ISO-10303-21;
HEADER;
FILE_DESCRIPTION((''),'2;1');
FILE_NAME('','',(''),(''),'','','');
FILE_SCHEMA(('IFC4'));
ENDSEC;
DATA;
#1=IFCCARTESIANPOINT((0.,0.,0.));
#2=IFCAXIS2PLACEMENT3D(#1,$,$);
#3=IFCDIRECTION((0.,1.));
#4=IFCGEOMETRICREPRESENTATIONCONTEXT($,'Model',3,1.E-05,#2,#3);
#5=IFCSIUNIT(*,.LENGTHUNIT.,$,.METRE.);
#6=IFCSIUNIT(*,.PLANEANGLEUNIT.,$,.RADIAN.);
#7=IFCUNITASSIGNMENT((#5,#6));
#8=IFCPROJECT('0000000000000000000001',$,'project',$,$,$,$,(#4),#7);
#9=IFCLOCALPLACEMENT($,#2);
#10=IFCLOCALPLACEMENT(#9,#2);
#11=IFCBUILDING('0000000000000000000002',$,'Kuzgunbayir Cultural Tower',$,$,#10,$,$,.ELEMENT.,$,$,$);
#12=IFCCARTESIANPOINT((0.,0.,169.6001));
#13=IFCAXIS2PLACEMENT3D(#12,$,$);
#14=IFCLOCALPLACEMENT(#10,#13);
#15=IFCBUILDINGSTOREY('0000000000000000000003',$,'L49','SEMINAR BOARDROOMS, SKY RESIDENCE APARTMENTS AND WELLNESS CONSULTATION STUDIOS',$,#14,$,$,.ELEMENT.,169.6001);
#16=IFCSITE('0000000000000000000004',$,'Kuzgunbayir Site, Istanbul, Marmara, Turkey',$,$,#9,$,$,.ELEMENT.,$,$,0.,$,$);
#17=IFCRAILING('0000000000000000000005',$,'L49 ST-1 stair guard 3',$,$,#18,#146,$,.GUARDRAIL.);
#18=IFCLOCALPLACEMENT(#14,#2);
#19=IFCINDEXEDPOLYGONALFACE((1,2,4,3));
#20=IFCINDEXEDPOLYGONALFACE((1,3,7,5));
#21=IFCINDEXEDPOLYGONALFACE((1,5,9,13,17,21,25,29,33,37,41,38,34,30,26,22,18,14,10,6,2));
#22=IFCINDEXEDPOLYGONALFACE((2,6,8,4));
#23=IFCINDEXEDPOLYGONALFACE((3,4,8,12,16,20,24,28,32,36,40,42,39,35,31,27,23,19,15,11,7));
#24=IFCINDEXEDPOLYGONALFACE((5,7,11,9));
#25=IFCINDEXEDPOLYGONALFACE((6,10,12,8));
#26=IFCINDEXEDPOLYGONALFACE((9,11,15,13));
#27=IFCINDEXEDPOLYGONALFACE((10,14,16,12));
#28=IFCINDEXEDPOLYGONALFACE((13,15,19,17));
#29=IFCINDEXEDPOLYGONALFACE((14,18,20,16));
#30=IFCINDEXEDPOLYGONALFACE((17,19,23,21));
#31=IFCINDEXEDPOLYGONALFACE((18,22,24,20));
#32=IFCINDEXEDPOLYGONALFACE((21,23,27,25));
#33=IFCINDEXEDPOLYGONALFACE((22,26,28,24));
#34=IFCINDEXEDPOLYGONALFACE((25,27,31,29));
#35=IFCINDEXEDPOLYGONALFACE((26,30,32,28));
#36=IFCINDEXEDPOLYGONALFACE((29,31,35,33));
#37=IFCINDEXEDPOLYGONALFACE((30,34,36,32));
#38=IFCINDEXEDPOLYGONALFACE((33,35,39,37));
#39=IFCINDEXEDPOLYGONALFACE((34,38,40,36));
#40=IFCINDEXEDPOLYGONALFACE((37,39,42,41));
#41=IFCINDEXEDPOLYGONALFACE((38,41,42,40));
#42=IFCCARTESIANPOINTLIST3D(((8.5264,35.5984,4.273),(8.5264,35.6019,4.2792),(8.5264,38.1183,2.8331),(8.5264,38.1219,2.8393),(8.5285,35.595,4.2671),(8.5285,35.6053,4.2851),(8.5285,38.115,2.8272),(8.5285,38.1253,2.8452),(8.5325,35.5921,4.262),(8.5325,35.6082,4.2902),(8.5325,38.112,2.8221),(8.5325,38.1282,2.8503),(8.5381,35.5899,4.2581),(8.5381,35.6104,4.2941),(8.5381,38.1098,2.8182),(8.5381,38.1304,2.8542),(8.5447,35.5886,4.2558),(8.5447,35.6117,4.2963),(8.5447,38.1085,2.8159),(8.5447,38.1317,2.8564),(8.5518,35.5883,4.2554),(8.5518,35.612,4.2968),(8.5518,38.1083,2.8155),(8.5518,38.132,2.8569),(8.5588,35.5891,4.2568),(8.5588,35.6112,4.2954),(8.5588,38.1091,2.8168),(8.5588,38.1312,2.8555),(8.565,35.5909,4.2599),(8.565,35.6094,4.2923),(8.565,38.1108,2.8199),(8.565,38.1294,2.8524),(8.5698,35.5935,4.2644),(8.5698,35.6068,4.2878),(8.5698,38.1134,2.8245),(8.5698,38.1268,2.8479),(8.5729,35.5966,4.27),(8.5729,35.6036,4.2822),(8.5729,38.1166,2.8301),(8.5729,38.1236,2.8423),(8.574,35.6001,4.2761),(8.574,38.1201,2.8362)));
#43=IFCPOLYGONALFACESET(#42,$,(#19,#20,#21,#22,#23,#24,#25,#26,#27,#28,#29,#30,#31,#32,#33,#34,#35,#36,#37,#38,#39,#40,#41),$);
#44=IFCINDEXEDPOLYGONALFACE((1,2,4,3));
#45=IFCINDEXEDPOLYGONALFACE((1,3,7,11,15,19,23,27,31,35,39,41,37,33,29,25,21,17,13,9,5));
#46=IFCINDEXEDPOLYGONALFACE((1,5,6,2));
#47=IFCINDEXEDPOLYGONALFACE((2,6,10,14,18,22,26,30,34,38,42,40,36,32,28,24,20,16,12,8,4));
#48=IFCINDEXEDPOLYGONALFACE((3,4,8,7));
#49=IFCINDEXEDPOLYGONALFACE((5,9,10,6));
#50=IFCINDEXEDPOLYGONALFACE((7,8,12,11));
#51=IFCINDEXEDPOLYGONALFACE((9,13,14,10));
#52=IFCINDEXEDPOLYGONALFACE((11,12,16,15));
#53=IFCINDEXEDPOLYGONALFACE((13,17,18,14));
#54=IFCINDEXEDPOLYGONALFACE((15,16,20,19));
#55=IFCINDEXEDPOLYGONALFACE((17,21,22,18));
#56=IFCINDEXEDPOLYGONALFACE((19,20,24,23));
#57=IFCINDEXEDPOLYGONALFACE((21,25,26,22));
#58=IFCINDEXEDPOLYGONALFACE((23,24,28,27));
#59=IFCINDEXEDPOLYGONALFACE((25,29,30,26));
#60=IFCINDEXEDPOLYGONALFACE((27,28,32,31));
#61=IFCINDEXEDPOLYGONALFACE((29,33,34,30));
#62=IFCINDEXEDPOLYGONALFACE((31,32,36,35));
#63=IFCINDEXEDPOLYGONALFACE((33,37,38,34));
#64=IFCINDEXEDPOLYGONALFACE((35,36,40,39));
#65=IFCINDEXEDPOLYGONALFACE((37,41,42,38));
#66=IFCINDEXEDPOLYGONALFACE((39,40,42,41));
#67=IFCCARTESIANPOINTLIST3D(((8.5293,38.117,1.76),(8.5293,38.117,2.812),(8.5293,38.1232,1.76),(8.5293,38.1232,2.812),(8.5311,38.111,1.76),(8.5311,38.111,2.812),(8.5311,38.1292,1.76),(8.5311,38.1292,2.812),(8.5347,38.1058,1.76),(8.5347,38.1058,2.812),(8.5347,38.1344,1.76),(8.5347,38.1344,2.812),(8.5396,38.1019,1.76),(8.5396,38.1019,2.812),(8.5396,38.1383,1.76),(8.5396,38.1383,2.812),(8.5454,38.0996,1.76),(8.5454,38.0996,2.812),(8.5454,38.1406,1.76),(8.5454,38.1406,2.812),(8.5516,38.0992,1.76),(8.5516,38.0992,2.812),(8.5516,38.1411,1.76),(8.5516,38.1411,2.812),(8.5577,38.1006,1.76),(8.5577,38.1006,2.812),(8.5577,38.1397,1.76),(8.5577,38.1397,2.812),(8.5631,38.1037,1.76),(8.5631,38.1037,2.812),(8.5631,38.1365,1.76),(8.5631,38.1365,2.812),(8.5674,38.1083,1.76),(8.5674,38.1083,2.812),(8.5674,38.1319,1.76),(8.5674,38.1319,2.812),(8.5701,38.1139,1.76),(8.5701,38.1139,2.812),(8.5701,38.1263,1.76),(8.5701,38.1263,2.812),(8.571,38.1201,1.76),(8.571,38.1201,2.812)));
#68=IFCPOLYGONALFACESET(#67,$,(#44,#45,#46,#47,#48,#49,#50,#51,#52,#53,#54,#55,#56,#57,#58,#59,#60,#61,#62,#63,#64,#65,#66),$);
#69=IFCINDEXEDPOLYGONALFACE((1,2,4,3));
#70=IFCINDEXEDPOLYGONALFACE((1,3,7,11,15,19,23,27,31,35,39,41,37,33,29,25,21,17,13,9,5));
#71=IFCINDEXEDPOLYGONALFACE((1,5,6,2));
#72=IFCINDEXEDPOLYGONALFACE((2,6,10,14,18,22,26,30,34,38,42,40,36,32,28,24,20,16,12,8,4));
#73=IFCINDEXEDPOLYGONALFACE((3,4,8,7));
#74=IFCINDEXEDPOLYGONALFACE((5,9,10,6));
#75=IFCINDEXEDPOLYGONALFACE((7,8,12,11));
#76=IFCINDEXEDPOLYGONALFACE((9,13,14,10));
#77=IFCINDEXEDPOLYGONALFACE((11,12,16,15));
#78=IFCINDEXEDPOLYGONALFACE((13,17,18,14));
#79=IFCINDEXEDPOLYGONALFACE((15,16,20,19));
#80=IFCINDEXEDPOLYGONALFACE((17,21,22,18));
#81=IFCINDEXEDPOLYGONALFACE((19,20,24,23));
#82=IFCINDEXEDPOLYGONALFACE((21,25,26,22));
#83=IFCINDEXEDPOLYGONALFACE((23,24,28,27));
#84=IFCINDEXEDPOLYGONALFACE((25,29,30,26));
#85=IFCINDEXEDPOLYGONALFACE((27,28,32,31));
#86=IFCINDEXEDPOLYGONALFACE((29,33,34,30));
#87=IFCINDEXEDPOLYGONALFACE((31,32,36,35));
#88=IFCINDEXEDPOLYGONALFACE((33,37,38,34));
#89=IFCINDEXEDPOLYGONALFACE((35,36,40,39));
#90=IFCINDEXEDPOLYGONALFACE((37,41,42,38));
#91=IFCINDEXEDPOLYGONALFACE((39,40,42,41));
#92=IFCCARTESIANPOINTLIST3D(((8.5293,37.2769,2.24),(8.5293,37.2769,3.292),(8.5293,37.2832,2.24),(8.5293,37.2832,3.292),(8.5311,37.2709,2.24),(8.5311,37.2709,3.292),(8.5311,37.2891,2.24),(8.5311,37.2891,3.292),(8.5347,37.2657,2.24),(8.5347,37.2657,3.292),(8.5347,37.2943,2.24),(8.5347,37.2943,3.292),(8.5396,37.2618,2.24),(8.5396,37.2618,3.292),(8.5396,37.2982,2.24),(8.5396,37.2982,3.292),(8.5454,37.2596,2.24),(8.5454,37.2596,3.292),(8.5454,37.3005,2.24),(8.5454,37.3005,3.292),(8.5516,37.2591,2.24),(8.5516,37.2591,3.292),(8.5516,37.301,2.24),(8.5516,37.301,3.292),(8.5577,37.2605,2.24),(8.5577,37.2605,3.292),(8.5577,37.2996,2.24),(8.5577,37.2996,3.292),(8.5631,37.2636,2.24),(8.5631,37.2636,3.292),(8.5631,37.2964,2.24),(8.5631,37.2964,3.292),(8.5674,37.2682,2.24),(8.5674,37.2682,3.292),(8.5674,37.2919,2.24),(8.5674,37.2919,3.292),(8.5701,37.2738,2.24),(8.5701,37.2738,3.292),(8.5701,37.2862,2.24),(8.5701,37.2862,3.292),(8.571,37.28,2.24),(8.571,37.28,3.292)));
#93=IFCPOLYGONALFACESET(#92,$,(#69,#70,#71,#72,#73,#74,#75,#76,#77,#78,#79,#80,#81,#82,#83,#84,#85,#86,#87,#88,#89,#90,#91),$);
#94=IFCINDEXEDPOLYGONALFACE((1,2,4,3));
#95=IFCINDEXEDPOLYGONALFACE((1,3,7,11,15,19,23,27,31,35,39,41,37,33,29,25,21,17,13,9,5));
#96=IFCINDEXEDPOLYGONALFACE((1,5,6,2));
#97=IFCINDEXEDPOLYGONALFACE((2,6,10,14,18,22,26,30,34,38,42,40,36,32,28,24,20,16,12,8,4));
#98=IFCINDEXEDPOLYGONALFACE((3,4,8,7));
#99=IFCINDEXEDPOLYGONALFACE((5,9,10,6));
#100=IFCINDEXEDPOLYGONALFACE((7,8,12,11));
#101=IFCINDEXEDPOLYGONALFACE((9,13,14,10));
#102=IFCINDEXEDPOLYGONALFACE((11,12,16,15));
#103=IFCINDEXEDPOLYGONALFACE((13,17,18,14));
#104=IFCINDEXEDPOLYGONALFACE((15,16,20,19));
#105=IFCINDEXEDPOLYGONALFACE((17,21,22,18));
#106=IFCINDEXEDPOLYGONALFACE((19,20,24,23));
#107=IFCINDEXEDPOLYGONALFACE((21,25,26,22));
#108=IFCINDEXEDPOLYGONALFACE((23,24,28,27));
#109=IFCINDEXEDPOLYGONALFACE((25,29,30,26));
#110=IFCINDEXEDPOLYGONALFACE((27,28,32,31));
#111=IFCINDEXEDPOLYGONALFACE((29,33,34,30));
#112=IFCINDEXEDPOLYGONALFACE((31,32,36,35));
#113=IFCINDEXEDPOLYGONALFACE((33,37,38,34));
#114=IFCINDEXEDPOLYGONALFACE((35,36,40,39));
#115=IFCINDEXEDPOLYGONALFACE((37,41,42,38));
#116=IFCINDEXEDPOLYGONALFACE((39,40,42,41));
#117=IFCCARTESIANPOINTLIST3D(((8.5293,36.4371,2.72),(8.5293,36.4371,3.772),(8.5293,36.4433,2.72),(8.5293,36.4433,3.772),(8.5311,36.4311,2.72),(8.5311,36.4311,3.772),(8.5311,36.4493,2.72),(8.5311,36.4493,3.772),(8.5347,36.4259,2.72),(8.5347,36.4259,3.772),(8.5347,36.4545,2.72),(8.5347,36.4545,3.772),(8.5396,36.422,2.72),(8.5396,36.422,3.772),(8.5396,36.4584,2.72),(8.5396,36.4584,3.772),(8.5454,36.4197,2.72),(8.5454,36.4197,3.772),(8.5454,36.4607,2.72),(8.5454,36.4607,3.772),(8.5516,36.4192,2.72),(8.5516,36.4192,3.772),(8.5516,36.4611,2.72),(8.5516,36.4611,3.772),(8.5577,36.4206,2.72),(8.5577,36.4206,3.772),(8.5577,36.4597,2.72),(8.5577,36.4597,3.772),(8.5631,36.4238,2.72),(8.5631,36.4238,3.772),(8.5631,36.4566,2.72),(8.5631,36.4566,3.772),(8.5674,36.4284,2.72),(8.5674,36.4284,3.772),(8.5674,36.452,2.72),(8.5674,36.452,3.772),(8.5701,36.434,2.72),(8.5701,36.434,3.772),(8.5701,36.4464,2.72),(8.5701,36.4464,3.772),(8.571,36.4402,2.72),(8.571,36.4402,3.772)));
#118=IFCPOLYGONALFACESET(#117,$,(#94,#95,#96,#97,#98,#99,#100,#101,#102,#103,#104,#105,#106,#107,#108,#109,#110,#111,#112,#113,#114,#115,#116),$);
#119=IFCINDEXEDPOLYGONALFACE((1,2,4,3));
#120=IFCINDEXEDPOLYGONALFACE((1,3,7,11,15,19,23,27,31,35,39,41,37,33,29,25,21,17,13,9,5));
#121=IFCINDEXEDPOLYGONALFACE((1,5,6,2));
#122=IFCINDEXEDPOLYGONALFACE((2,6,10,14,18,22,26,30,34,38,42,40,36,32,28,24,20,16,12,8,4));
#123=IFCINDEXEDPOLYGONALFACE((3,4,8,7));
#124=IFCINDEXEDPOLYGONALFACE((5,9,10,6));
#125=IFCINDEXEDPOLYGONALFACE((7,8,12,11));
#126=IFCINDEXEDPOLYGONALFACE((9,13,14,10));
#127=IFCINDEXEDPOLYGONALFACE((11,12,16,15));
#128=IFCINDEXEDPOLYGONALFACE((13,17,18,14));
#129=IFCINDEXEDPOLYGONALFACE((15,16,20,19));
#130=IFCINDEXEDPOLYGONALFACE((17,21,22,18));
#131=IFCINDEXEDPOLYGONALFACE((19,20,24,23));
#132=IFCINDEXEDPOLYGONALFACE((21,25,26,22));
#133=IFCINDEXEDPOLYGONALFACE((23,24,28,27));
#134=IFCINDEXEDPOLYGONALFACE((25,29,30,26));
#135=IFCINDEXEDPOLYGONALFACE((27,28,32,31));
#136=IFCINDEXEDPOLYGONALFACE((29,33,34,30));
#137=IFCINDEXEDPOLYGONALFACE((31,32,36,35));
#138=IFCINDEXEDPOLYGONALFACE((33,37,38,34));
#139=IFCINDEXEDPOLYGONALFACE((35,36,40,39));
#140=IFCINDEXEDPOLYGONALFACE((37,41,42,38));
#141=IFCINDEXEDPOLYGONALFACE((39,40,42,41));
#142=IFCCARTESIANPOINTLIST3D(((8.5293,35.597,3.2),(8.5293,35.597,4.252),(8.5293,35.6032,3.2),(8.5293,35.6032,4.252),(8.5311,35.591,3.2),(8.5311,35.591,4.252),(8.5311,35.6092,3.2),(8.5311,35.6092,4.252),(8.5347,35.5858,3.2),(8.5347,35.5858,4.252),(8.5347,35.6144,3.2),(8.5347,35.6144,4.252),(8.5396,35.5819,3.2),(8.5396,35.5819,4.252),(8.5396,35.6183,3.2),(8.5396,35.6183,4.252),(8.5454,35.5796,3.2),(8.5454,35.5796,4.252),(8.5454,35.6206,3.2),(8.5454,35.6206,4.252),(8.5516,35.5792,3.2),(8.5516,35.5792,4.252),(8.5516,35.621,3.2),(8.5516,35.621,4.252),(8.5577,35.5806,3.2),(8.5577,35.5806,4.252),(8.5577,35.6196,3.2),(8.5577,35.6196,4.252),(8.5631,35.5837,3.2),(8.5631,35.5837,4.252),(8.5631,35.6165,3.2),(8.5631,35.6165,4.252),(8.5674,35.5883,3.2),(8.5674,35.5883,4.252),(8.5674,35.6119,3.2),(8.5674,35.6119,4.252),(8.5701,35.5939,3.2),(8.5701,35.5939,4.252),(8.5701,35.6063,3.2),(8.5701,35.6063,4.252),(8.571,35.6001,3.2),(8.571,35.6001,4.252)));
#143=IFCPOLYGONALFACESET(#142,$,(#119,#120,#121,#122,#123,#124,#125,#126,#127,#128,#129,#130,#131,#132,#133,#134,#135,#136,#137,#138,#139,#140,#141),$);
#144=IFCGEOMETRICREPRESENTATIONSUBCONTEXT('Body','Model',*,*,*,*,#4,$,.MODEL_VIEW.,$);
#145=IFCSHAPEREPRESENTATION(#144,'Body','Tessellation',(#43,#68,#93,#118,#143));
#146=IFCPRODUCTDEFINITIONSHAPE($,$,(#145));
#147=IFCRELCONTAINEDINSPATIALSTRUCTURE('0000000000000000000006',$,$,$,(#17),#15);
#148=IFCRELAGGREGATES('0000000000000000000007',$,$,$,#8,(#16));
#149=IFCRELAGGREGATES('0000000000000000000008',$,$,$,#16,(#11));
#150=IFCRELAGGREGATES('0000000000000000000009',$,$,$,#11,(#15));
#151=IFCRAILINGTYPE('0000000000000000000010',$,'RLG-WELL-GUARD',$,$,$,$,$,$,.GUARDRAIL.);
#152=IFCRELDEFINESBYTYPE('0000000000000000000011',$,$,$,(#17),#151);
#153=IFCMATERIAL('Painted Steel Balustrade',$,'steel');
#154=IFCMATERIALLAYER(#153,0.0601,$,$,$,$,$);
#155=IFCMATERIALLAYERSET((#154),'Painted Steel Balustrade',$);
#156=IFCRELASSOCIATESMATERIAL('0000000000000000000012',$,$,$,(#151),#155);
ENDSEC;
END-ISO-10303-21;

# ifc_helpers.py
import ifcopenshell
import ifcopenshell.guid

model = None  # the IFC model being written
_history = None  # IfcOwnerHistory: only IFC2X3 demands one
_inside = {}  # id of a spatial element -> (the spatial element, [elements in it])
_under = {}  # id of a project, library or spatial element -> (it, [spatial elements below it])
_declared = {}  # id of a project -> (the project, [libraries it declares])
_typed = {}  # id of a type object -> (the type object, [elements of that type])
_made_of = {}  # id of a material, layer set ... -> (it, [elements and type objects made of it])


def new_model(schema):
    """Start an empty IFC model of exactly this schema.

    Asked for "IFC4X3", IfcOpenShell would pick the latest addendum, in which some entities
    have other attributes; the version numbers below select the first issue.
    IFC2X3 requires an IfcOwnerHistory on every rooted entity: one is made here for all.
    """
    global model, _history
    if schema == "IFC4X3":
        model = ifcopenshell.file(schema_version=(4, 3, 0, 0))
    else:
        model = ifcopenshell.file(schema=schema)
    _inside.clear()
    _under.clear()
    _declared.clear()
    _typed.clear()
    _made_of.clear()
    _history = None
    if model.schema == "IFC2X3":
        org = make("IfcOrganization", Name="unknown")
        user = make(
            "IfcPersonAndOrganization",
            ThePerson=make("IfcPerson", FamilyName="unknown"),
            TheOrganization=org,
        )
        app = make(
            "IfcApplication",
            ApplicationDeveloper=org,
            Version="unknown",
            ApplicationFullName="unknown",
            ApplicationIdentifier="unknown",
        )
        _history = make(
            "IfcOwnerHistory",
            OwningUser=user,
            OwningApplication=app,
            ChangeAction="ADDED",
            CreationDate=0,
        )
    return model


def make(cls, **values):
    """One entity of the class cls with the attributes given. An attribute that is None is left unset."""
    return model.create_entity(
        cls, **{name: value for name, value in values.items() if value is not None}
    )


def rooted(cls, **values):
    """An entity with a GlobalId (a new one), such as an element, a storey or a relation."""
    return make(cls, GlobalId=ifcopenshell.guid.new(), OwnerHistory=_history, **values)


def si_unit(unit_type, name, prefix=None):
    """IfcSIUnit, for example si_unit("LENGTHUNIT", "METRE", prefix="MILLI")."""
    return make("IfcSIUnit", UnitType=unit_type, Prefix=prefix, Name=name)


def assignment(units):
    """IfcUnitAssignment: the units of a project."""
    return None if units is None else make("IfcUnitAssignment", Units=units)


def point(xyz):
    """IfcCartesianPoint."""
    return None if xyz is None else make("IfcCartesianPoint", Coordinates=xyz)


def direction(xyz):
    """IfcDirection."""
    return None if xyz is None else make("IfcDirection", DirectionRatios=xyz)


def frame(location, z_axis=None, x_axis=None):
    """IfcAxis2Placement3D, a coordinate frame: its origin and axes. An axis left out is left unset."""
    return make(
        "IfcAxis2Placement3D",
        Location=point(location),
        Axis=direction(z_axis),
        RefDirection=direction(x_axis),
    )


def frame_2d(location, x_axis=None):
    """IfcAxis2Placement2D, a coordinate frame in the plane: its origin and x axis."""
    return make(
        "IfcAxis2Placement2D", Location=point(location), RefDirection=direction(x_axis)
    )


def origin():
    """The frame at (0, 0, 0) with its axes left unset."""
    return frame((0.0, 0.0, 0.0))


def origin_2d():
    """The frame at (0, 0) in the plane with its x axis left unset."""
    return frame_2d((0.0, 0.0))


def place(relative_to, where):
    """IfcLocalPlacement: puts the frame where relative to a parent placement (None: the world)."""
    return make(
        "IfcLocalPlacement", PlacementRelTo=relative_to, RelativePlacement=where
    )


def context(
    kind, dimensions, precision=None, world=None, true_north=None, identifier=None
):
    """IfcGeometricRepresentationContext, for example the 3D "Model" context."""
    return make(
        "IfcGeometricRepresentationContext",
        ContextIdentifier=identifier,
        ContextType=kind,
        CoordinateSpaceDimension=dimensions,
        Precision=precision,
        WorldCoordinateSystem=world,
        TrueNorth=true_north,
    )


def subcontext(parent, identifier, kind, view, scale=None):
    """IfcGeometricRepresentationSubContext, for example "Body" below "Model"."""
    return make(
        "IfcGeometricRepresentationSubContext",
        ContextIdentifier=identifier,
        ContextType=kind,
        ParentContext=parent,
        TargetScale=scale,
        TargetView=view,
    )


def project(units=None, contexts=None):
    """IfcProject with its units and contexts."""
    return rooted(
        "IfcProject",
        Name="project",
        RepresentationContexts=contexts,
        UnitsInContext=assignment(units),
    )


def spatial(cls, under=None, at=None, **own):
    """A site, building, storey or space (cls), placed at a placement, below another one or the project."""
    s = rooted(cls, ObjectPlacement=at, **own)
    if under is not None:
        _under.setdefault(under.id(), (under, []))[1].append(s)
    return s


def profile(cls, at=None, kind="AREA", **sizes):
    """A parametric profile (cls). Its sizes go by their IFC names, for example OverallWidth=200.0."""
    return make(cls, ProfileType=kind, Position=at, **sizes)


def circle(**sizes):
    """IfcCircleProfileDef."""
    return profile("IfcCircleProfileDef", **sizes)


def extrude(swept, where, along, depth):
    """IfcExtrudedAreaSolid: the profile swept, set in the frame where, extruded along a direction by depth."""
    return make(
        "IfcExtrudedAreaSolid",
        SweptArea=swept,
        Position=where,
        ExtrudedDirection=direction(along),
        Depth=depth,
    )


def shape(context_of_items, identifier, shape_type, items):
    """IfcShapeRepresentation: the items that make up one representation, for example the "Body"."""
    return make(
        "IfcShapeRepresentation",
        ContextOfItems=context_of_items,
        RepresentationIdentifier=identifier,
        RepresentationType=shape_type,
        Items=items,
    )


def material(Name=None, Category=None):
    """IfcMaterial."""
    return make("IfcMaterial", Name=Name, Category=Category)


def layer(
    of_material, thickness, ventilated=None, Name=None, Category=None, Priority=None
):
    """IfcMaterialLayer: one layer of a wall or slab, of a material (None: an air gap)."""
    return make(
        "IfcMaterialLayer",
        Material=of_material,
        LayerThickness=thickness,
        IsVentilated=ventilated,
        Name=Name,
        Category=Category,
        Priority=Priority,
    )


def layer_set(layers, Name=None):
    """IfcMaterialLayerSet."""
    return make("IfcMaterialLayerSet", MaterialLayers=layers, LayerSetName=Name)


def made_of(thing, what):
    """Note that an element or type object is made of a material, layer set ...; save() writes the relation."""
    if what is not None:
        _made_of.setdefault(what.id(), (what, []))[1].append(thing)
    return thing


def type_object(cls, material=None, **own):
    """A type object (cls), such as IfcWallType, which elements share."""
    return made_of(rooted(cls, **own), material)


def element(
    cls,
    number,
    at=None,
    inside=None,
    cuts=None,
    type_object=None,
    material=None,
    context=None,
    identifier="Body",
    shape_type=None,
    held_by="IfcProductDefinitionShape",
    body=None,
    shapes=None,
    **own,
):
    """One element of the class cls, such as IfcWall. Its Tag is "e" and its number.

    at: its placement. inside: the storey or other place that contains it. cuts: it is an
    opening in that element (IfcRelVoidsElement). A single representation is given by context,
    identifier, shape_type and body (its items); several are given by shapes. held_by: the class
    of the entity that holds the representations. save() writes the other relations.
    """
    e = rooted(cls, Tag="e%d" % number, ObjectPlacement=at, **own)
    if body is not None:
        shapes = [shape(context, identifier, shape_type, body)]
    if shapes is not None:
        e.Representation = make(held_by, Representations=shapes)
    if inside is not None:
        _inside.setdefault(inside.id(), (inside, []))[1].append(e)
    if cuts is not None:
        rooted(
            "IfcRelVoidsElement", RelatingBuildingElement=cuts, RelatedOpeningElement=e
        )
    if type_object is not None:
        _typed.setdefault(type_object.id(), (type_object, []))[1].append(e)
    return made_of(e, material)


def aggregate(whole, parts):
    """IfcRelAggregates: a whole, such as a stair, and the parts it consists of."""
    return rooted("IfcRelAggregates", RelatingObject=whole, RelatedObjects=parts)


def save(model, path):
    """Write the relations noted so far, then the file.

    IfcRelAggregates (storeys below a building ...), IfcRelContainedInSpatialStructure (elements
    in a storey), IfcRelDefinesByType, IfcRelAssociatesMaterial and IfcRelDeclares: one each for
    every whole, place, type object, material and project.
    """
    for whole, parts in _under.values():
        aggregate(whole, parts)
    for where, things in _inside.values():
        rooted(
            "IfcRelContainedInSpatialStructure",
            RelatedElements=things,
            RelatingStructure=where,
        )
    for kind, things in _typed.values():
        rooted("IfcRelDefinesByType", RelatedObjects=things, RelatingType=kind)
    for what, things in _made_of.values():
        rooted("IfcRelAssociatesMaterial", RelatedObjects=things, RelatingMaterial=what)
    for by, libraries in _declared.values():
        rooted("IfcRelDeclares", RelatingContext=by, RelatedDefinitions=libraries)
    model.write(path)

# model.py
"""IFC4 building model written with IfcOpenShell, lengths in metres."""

from ifc_helpers import new_model, si_unit, direction, frame, origin, origin_2d, place, context, subcontext, project, spatial, circle, extrude, material, layer, layer_set, type_object, element, save


model = new_model("IFC4")

# Units and contexts
model_context = context("Model", 3, precision=1e-05, world=origin(), true_north=direction((0.0, 1.0)))
body_context = subcontext(model_context, "Body", "Model", "MODEL_VIEW")
ifc_project = project(units=[si_unit("LENGTHUNIT", "METRE"), si_unit("PLANEANGLEUNIT", "RADIAN")], contexts=[model_context])

# Site, building, storey
site_placement = place(None, origin())
site = spatial("IfcSite", under=ifc_project, at=site_placement, Name="Kuzgunbayir Site, Istanbul, Marmara, Turkey", CompositionType="ELEMENT", RefElevation=0.0)
building_placement = place(site_placement, origin())
building = spatial("IfcBuilding", under=site, at=building_placement, Name="Kuzgunbayir Cultural Tower", CompositionType="ELEMENT")
storey_placement = place(building_placement, frame((0.0, 0.0, 169.6001)))
storey = spatial("IfcBuildingStorey", under=building, at=storey_placement, Name="L49", Description="SEMINAR BOARDROOMS, SKY RESIDENCE APARTMENTS AND WELLNESS CONSULTATION STUDIOS", CompositionType="ELEMENT", Elevation=169.6001)

# Railing
ifc_material_1 = material(Name="Painted Steel Balustrade", Category="steel")
ifc_layer_1 = layer(ifc_material_1, 0.0601)
ifc_layer_set_1 = layer_set([ifc_layer_1], Name="Painted Steel Balustrade")
railing_type_1 = type_object("IfcRailingType", Name="RLG-WELL-GUARD", PredefinedType="GUARDRAIL", material=ifc_layer_set_1)
railing_1_placement = place(storey_placement, frame((8.55, 38.1201, 1.76)))
element("IfcRailing", 1, at=railing_1_placement, inside=storey, type_object=railing_type_1, Name="L49 ST-1 stair guard 3", PredefinedType="GUARDRAIL", context=body_context, shape_type="SweptSolid", body=[
    extrude(circle(Radius=0.0239, at=origin_2d()), frame((0.0, 0.0, 1.0762), z_axis=(0.0, -0.868253, 0.496121), x_axis=(1.0, 0.0, 0.0)), (0.0, 0.0, 1.0), 2.9023),
    extrude(circle(Radius=0.021, at=origin_2d()), origin(), (0.0, 0.0, 1.0), 1.052),
    extrude(circle(Radius=0.021, at=origin_2d()), frame((0.0, -0.8401, 0.48)), (0.0, 0.0, 1.0), 1.052),
    extrude(circle(Radius=0.021, at=origin_2d()), frame((0.0, -1.6799, 0.96)), (0.0, 0.0, 1.0), 1.052),
    extrude(circle(Radius=0.021, at=origin_2d()), frame((0.0, -2.52, 1.4399)), (0.0, 0.0, 1.0), 1.052),
])

save(model, "model.ifc")
